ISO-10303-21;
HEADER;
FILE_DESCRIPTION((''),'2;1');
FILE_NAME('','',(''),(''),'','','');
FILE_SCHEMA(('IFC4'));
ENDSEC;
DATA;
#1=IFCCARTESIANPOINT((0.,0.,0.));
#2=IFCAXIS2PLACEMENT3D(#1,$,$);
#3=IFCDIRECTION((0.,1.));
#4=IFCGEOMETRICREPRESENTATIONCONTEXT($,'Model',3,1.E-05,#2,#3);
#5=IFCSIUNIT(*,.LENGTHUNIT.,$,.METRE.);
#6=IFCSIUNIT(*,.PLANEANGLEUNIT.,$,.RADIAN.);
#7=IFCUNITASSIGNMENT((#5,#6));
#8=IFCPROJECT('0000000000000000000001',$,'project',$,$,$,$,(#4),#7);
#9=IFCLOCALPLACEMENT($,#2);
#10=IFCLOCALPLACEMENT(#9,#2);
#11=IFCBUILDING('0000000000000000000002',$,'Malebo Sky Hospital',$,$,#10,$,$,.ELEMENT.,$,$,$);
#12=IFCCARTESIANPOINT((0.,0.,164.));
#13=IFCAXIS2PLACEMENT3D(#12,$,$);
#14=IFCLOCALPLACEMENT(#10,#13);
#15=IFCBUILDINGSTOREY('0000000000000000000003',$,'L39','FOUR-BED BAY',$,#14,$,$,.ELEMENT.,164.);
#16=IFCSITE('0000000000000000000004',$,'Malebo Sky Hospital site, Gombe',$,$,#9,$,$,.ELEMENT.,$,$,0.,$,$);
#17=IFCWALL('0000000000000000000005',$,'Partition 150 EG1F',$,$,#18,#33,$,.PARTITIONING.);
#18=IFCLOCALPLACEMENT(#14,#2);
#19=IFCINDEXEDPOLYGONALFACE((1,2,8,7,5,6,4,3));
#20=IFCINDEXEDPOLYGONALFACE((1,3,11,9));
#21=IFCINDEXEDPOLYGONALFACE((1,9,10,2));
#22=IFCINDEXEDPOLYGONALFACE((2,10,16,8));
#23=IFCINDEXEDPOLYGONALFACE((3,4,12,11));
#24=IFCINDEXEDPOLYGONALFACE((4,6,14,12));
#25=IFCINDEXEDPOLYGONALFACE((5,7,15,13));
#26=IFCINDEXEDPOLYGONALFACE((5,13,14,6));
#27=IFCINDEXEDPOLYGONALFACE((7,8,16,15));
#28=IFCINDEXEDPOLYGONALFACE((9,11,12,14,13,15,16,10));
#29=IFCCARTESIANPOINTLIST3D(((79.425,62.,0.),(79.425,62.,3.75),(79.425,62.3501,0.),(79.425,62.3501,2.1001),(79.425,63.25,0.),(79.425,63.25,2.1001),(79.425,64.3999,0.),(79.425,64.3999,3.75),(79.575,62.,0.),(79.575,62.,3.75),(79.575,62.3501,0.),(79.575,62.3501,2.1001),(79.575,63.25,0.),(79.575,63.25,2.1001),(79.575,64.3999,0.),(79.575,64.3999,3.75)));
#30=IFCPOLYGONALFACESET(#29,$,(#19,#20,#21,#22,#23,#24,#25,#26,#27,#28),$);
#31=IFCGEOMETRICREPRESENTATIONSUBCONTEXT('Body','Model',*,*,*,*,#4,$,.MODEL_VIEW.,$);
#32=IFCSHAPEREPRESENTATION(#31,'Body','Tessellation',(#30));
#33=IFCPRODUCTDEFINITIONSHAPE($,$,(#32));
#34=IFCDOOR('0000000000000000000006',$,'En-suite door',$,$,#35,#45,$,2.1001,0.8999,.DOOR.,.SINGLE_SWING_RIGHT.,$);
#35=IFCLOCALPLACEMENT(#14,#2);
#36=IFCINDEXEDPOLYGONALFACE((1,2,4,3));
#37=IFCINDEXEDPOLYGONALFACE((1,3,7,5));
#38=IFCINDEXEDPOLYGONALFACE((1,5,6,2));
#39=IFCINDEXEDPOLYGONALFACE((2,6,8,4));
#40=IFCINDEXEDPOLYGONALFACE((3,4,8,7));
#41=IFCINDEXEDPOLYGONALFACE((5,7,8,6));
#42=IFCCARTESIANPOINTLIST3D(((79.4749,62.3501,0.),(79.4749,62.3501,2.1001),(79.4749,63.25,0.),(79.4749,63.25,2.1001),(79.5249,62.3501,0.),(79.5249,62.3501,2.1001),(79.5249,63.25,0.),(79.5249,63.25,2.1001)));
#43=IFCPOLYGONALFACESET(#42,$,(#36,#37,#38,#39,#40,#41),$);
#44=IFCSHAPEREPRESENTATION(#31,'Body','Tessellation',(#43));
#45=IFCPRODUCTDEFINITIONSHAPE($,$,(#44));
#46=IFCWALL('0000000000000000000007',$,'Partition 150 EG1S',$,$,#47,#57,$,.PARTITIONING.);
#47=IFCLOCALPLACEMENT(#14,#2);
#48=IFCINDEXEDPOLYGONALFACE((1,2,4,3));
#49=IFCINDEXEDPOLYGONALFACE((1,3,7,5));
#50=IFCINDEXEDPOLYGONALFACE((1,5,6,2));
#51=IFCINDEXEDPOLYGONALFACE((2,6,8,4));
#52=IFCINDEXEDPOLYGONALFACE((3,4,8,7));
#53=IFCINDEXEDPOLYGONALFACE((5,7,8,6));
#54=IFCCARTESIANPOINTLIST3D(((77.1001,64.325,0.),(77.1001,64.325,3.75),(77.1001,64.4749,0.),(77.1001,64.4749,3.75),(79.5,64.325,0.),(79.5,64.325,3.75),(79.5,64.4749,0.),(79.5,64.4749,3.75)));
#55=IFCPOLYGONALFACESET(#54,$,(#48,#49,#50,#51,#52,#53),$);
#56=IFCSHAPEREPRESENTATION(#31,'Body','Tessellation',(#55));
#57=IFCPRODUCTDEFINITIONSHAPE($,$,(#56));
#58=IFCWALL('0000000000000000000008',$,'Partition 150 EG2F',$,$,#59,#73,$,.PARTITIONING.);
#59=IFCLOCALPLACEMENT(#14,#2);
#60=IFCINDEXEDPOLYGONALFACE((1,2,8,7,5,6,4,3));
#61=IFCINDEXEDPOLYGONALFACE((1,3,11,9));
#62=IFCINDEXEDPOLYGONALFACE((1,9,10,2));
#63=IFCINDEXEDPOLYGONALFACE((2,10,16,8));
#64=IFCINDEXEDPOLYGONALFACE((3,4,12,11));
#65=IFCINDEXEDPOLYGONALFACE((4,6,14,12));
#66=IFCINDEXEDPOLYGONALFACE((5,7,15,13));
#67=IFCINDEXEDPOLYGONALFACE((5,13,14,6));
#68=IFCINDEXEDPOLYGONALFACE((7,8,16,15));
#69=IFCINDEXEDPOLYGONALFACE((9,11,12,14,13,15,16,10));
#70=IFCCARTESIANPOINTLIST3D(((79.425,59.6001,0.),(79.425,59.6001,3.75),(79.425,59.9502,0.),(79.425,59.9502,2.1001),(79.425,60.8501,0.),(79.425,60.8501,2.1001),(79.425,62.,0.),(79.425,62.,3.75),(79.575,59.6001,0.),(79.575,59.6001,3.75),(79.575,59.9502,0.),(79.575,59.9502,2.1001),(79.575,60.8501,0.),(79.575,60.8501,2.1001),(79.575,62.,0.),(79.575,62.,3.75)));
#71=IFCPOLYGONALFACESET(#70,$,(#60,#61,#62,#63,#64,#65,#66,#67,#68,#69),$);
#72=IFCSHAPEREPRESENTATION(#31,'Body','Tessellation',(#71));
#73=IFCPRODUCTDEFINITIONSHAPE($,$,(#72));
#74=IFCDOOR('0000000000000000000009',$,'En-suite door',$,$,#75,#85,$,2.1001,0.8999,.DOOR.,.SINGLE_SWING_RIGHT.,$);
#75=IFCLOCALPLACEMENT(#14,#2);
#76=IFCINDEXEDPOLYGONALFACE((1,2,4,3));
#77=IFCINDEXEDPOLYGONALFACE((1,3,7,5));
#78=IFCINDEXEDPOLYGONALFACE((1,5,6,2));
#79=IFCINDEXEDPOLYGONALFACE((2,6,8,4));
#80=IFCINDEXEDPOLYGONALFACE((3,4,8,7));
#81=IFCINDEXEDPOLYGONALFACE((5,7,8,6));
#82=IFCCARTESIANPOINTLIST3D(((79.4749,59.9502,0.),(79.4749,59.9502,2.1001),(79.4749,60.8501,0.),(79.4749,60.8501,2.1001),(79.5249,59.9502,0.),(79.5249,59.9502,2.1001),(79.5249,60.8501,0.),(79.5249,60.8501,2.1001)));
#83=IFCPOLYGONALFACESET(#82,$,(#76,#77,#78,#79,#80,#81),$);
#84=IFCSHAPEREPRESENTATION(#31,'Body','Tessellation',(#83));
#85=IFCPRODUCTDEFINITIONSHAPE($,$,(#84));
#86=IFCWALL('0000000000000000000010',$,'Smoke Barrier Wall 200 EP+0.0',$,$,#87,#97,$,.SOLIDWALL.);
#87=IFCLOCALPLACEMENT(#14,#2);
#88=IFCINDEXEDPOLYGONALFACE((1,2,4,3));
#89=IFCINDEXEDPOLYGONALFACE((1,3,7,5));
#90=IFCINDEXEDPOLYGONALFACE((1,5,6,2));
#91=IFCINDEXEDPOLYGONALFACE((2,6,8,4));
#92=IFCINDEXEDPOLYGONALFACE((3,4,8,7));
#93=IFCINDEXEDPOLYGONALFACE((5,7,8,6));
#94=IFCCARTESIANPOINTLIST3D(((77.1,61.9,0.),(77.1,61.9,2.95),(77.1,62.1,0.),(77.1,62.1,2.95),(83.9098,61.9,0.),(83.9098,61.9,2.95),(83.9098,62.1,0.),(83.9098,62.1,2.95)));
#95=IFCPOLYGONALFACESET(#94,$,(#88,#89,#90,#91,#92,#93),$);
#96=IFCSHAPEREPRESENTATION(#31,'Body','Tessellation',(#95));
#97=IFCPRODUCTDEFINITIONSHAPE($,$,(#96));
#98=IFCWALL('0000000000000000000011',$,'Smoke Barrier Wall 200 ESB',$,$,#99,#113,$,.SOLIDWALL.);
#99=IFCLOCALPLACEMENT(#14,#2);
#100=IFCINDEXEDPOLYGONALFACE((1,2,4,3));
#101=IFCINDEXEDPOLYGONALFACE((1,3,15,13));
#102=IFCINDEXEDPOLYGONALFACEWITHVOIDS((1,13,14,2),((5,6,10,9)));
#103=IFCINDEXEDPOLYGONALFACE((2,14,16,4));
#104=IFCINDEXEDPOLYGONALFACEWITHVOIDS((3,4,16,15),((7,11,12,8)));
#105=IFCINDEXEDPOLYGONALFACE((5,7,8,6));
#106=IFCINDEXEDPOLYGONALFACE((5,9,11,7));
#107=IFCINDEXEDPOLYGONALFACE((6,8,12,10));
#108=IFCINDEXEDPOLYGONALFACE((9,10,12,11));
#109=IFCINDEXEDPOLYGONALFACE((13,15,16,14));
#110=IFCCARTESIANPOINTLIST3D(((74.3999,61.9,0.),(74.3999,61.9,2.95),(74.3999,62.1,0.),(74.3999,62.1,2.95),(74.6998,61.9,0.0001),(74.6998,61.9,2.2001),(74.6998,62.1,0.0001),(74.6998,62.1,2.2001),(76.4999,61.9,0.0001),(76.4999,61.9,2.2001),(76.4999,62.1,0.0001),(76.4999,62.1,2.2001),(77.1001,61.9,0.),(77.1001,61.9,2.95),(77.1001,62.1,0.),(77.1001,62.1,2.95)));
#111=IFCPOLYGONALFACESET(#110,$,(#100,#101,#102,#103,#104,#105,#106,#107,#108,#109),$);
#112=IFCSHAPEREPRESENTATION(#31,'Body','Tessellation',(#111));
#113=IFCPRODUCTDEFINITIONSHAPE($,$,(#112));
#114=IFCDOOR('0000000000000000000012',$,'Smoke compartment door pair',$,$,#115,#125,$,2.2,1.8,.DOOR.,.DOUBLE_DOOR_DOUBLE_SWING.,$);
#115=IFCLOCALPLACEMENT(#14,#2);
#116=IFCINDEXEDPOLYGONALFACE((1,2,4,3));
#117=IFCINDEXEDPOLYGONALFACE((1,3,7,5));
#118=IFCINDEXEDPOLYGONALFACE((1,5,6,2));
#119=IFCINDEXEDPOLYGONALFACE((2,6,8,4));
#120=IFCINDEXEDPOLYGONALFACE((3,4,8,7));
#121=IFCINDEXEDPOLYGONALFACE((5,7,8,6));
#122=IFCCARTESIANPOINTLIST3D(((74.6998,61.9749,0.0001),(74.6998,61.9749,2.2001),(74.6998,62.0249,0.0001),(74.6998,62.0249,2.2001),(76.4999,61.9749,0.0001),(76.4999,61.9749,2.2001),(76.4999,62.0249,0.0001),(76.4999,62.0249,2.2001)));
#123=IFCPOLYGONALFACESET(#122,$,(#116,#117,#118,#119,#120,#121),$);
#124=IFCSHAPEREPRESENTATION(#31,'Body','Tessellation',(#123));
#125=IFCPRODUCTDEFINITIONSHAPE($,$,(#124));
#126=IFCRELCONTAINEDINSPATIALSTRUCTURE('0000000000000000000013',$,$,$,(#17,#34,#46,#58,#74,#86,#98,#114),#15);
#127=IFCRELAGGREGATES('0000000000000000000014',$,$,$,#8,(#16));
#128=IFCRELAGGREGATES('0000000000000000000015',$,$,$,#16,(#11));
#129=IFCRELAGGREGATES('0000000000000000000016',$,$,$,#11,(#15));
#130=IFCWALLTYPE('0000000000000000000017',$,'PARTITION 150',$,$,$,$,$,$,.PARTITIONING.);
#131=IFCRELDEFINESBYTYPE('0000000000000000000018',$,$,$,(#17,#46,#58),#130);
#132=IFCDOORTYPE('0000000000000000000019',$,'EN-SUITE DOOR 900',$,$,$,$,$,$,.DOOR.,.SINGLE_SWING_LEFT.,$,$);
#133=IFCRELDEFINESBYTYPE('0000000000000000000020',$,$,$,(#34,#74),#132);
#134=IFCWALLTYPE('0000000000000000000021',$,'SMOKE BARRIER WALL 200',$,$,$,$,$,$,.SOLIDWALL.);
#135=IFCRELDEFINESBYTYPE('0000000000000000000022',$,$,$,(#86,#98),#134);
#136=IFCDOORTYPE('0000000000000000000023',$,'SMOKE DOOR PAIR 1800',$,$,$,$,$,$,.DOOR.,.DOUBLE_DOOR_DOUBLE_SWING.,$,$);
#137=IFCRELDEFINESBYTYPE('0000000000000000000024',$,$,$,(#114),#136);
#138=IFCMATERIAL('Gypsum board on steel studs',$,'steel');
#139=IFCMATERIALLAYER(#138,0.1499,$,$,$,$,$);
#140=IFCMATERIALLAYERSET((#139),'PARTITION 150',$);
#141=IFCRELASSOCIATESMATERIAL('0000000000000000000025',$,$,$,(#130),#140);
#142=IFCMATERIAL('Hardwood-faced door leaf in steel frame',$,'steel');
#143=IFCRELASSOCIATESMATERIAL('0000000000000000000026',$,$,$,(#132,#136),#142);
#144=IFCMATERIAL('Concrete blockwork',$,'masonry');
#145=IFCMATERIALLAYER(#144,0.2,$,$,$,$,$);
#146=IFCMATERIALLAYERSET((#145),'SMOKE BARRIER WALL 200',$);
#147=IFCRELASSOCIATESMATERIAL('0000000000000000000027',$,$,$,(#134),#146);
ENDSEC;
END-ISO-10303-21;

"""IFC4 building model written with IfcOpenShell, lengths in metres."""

from ifc_helpers import new_model, si_unit, direction, frame, frame_2d, origin, place, context, subcontext, project, spatial, rectangle, extrude, material, layer, layer_set, type_object, element, fill, save


model = new_model("IFC4")

# Units and contexts
model_context = context("Model", 3, precision=1e-05, world=origin(), true_north=direction((0.0, 1.0)))
body_context = subcontext(model_context, "Body", "Model", "MODEL_VIEW")
ifc_project = project(units=[si_unit("LENGTHUNIT", "METRE"), si_unit("PLANEANGLEUNIT", "RADIAN")], contexts=[model_context])

# Site, building, storey
site_placement = place(None, origin())
site = spatial("IfcSite", under=ifc_project, at=site_placement, Name="Malebo Sky Hospital site, Gombe", CompositionType="ELEMENT", RefElevation=0.0)
building_placement = place(site_placement, origin())
building = spatial("IfcBuilding", under=site, at=building_placement, Name="Malebo Sky Hospital", CompositionType="ELEMENT")
storey_placement = place(building_placement, frame((0.0, 0.0, 164.0)))
storey = spatial("IfcBuildingStorey", under=building, at=storey_placement, Name="L39", Description="FOUR-BED BAY", CompositionType="ELEMENT", Elevation=164.0)

# Shared definitions
ifc_material_1 = material(Name="Gypsum board on steel studs", Category="steel")
ifc_layer_1 = layer(ifc_material_1, 0.1499)
ifc_layer_set_1 = layer_set([ifc_layer_1], Name="PARTITION 150")
wall_type_1 = type_object("IfcWallType", Name="PARTITION 150", PredefinedType="PARTITIONING", material=ifc_layer_set_1)

# Wall, opening, door
wall_1_placement = place(storey_placement, frame((79.5, 64.3999, 0.0), z_axis=(0.0, 0.0, 1.0), x_axis=(0.0, -1.0, 0.0)))
wall_1 = element("IfcWall", 1, at=wall_1_placement, inside=storey, type_object=wall_type_1, Name="Partition 150 EG1F", PredefinedType="PARTITIONING", context=body_context, shape_type="SweptSolid", body=[
    extrude(rectangle(XDim=2.3999, YDim=0.1499, at=frame_2d((1.2, 0.0))), origin(), (0.0, 0.0, 1.0), 3.75),
])
opening_1_placement = place(wall_1_placement, frame((1.1499, 0.0, 0.0)))
opening_1 = element("IfcOpeningElement", 2, at=opening_1_placement, cuts=wall_1, PredefinedType="OPENING", context=body_context, shape_type="SweptSolid", body=[
    extrude(rectangle(XDim=0.8999, YDim=2.1001, at=frame_2d((0.45, 1.05))), frame((0.0, 0.085, 0.0), z_axis=(0.0, -1.0, 0.0), x_axis=(1.0, 0.0, 0.0)), (0.0, 0.0, 1.0), 0.1699),
])
ifc_material_2 = material(Name="Hardwood-faced door leaf in steel frame", Category="steel")
door_type_1 = type_object("IfcDoorType", Name="EN-SUITE DOOR 900", OperationType="SINGLE_SWING_LEFT", PredefinedType="DOOR", material=ifc_material_2)
door_1_placement = place(opening_1_placement, origin())
door_1 = element("IfcDoor", 3, at=door_1_placement, inside=storey, type_object=door_type_1, Name="En-suite door", OperationType="SINGLE_SWING_RIGHT", OverallHeight=2.1001, OverallWidth=0.8999, PredefinedType="DOOR", context=body_context, shape_type="SweptSolid", body=[
    extrude(rectangle(XDim=0.8999, YDim=2.1001, at=frame_2d((0.45, 1.05))), frame((0.0, 0.0249, 0.0), z_axis=(0.0, -1.0, 0.0), x_axis=(1.0, 0.0, 0.0)), (0.0, 0.0, 1.0), 0.05),
])
fill(opening_1, door_1)

# Wall
wall_2_placement = place(storey_placement, frame((77.1001, 64.3999, 0.0), z_axis=(0.0, 0.0, 1.0), x_axis=(1.0, 0.0, 0.0)))
element("IfcWall", 4, at=wall_2_placement, inside=storey, type_object=wall_type_1, Name="Partition 150 EG1S", PredefinedType="PARTITIONING", context=body_context, shape_type="SweptSolid", body=[
    extrude(rectangle(XDim=2.3999, YDim=0.1499, at=frame_2d((1.2, 0.0))), origin(), (0.0, 0.0, 1.0), 3.75),
])

# Wall, opening, door
wall_3_placement = place(storey_placement, frame((79.5, 62.0, 0.0), z_axis=(0.0, 0.0, 1.0), x_axis=(0.0, -1.0, 0.0)))
wall_3 = element("IfcWall", 5, at=wall_3_placement, inside=storey, type_object=wall_type_1, Name="Partition 150 EG2F", PredefinedType="PARTITIONING", context=body_context, shape_type="SweptSolid", body=[
    extrude(rectangle(XDim=2.3999, YDim=0.1499, at=frame_2d((1.2, 0.0))), origin(), (0.0, 0.0, 1.0), 3.75),
])
opening_2_placement = place(wall_3_placement, frame((1.1499, 0.0, 0.0)))
opening_2 = element("IfcOpeningElement", 6, at=opening_2_placement, cuts=wall_3, PredefinedType="OPENING", context=body_context, shape_type="SweptSolid", body=[
    extrude(rectangle(XDim=0.8999, YDim=2.1001, at=frame_2d((0.45, 1.05))), frame((0.0, 0.085, 0.0), z_axis=(0.0, -1.0, 0.0), x_axis=(1.0, 0.0, 0.0)), (0.0, 0.0, 1.0), 0.1699),
])
door_2_placement = place(opening_2_placement, origin())
door_2 = element("IfcDoor", 7, at=door_2_placement, inside=storey, type_object=door_type_1, Name="En-suite door", OperationType="SINGLE_SWING_RIGHT", OverallHeight=2.1001, OverallWidth=0.8999, PredefinedType="DOOR", context=body_context, shape_type="SweptSolid", body=[
    extrude(rectangle(XDim=0.8999, YDim=2.1001, at=frame_2d((0.45, 1.05))), frame((0.0, 0.0249, 0.0), z_axis=(0.0, -1.0, 0.0), x_axis=(1.0, 0.0, 0.0)), (0.0, 0.0, 1.0), 0.05),
])
fill(opening_2, door_2)

# Wall
ifc_material_3 = material(Name="Concrete blockwork", Category="masonry")
ifc_layer_2 = layer(ifc_material_3, 0.2)
ifc_layer_set_2 = layer_set([ifc_layer_2], Name="SMOKE BARRIER WALL 200")
wall_type_2 = type_object("IfcWallType", Name="SMOKE BARRIER WALL 200", PredefinedType="SOLIDWALL", material=ifc_layer_set_2)
wall_4_placement = place(storey_placement, frame((77.1001, 62.0, 0.0), z_axis=(0.0, 0.0, 1.0), x_axis=(1.0, 0.0, 0.0)))
element("IfcWall", 8, at=wall_4_placement, inside=storey, type_object=wall_type_2, Name="Smoke Barrier Wall 200 EP+0.0", PredefinedType="SOLIDWALL", context=body_context, shape_type="SweptSolid", body=[
    extrude(rectangle(XDim=6.8098, YDim=0.2, at=frame_2d((3.4048, 0.0))), origin(), (0.0, 0.0, 1.0), 2.95),
])

# Wall, opening, door
wall_5_placement = place(storey_placement, frame((74.3999, 62.0, 0.0), z_axis=(0.0, 0.0, 1.0), x_axis=(1.0, 0.0, 0.0)))
wall_5 = element("IfcWall", 9, at=wall_5_placement, inside=storey, type_object=wall_type_2, Name="Smoke Barrier Wall 200 ESB", PredefinedType="SOLIDWALL", context=body_context, shape_type="SweptSolid", body=[
    extrude(rectangle(XDim=2.7002, YDim=0.2, at=frame_2d((1.3501, 0.0))), origin(), (0.0, 0.0, 1.0), 2.95),
])
opening_3_placement = place(wall_5_placement, frame((0.3, 0.0, 0.0)))
opening_3 = element("IfcOpeningElement", 10, at=opening_3_placement, cuts=wall_5, PredefinedType="OPENING", context=body_context, shape_type="SweptSolid", body=[
    extrude(rectangle(XDim=1.8, YDim=2.2, at=frame_2d((0.8999, 1.1001))), frame((0.0, 0.1099, 0.0), z_axis=(0.0, -1.0, 0.0), x_axis=(1.0, 0.0, 0.0)), (0.0, 0.0, 1.0), 0.22),
])
door_type_2 = type_object("IfcDoorType", Name="SMOKE DOOR PAIR 1800", OperationType="DOUBLE_DOOR_DOUBLE_SWING", PredefinedType="DOOR", material=ifc_material_2)
door_3_placement = place(opening_3_placement, origin())
door_3 = element("IfcDoor", 11, at=door_3_placement, inside=storey, type_object=door_type_2, Name="Smoke compartment door pair", OperationType="DOUBLE_DOOR_DOUBLE_SWING", OverallHeight=2.2, OverallWidth=1.8, PredefinedType="DOOR", context=body_context, shape_type="SweptSolid", body=[
    extrude(rectangle(XDim=1.8, YDim=2.2, at=frame_2d((0.8999, 1.1001))), frame((0.0, 0.0249, 0.0), z_axis=(0.0, -1.0, 0.0), x_axis=(1.0, 0.0, 0.0)), (0.0, 0.0, 1.0), 0.05),
])
fill(opening_3, door_3)

save(model, "model.ifc")
